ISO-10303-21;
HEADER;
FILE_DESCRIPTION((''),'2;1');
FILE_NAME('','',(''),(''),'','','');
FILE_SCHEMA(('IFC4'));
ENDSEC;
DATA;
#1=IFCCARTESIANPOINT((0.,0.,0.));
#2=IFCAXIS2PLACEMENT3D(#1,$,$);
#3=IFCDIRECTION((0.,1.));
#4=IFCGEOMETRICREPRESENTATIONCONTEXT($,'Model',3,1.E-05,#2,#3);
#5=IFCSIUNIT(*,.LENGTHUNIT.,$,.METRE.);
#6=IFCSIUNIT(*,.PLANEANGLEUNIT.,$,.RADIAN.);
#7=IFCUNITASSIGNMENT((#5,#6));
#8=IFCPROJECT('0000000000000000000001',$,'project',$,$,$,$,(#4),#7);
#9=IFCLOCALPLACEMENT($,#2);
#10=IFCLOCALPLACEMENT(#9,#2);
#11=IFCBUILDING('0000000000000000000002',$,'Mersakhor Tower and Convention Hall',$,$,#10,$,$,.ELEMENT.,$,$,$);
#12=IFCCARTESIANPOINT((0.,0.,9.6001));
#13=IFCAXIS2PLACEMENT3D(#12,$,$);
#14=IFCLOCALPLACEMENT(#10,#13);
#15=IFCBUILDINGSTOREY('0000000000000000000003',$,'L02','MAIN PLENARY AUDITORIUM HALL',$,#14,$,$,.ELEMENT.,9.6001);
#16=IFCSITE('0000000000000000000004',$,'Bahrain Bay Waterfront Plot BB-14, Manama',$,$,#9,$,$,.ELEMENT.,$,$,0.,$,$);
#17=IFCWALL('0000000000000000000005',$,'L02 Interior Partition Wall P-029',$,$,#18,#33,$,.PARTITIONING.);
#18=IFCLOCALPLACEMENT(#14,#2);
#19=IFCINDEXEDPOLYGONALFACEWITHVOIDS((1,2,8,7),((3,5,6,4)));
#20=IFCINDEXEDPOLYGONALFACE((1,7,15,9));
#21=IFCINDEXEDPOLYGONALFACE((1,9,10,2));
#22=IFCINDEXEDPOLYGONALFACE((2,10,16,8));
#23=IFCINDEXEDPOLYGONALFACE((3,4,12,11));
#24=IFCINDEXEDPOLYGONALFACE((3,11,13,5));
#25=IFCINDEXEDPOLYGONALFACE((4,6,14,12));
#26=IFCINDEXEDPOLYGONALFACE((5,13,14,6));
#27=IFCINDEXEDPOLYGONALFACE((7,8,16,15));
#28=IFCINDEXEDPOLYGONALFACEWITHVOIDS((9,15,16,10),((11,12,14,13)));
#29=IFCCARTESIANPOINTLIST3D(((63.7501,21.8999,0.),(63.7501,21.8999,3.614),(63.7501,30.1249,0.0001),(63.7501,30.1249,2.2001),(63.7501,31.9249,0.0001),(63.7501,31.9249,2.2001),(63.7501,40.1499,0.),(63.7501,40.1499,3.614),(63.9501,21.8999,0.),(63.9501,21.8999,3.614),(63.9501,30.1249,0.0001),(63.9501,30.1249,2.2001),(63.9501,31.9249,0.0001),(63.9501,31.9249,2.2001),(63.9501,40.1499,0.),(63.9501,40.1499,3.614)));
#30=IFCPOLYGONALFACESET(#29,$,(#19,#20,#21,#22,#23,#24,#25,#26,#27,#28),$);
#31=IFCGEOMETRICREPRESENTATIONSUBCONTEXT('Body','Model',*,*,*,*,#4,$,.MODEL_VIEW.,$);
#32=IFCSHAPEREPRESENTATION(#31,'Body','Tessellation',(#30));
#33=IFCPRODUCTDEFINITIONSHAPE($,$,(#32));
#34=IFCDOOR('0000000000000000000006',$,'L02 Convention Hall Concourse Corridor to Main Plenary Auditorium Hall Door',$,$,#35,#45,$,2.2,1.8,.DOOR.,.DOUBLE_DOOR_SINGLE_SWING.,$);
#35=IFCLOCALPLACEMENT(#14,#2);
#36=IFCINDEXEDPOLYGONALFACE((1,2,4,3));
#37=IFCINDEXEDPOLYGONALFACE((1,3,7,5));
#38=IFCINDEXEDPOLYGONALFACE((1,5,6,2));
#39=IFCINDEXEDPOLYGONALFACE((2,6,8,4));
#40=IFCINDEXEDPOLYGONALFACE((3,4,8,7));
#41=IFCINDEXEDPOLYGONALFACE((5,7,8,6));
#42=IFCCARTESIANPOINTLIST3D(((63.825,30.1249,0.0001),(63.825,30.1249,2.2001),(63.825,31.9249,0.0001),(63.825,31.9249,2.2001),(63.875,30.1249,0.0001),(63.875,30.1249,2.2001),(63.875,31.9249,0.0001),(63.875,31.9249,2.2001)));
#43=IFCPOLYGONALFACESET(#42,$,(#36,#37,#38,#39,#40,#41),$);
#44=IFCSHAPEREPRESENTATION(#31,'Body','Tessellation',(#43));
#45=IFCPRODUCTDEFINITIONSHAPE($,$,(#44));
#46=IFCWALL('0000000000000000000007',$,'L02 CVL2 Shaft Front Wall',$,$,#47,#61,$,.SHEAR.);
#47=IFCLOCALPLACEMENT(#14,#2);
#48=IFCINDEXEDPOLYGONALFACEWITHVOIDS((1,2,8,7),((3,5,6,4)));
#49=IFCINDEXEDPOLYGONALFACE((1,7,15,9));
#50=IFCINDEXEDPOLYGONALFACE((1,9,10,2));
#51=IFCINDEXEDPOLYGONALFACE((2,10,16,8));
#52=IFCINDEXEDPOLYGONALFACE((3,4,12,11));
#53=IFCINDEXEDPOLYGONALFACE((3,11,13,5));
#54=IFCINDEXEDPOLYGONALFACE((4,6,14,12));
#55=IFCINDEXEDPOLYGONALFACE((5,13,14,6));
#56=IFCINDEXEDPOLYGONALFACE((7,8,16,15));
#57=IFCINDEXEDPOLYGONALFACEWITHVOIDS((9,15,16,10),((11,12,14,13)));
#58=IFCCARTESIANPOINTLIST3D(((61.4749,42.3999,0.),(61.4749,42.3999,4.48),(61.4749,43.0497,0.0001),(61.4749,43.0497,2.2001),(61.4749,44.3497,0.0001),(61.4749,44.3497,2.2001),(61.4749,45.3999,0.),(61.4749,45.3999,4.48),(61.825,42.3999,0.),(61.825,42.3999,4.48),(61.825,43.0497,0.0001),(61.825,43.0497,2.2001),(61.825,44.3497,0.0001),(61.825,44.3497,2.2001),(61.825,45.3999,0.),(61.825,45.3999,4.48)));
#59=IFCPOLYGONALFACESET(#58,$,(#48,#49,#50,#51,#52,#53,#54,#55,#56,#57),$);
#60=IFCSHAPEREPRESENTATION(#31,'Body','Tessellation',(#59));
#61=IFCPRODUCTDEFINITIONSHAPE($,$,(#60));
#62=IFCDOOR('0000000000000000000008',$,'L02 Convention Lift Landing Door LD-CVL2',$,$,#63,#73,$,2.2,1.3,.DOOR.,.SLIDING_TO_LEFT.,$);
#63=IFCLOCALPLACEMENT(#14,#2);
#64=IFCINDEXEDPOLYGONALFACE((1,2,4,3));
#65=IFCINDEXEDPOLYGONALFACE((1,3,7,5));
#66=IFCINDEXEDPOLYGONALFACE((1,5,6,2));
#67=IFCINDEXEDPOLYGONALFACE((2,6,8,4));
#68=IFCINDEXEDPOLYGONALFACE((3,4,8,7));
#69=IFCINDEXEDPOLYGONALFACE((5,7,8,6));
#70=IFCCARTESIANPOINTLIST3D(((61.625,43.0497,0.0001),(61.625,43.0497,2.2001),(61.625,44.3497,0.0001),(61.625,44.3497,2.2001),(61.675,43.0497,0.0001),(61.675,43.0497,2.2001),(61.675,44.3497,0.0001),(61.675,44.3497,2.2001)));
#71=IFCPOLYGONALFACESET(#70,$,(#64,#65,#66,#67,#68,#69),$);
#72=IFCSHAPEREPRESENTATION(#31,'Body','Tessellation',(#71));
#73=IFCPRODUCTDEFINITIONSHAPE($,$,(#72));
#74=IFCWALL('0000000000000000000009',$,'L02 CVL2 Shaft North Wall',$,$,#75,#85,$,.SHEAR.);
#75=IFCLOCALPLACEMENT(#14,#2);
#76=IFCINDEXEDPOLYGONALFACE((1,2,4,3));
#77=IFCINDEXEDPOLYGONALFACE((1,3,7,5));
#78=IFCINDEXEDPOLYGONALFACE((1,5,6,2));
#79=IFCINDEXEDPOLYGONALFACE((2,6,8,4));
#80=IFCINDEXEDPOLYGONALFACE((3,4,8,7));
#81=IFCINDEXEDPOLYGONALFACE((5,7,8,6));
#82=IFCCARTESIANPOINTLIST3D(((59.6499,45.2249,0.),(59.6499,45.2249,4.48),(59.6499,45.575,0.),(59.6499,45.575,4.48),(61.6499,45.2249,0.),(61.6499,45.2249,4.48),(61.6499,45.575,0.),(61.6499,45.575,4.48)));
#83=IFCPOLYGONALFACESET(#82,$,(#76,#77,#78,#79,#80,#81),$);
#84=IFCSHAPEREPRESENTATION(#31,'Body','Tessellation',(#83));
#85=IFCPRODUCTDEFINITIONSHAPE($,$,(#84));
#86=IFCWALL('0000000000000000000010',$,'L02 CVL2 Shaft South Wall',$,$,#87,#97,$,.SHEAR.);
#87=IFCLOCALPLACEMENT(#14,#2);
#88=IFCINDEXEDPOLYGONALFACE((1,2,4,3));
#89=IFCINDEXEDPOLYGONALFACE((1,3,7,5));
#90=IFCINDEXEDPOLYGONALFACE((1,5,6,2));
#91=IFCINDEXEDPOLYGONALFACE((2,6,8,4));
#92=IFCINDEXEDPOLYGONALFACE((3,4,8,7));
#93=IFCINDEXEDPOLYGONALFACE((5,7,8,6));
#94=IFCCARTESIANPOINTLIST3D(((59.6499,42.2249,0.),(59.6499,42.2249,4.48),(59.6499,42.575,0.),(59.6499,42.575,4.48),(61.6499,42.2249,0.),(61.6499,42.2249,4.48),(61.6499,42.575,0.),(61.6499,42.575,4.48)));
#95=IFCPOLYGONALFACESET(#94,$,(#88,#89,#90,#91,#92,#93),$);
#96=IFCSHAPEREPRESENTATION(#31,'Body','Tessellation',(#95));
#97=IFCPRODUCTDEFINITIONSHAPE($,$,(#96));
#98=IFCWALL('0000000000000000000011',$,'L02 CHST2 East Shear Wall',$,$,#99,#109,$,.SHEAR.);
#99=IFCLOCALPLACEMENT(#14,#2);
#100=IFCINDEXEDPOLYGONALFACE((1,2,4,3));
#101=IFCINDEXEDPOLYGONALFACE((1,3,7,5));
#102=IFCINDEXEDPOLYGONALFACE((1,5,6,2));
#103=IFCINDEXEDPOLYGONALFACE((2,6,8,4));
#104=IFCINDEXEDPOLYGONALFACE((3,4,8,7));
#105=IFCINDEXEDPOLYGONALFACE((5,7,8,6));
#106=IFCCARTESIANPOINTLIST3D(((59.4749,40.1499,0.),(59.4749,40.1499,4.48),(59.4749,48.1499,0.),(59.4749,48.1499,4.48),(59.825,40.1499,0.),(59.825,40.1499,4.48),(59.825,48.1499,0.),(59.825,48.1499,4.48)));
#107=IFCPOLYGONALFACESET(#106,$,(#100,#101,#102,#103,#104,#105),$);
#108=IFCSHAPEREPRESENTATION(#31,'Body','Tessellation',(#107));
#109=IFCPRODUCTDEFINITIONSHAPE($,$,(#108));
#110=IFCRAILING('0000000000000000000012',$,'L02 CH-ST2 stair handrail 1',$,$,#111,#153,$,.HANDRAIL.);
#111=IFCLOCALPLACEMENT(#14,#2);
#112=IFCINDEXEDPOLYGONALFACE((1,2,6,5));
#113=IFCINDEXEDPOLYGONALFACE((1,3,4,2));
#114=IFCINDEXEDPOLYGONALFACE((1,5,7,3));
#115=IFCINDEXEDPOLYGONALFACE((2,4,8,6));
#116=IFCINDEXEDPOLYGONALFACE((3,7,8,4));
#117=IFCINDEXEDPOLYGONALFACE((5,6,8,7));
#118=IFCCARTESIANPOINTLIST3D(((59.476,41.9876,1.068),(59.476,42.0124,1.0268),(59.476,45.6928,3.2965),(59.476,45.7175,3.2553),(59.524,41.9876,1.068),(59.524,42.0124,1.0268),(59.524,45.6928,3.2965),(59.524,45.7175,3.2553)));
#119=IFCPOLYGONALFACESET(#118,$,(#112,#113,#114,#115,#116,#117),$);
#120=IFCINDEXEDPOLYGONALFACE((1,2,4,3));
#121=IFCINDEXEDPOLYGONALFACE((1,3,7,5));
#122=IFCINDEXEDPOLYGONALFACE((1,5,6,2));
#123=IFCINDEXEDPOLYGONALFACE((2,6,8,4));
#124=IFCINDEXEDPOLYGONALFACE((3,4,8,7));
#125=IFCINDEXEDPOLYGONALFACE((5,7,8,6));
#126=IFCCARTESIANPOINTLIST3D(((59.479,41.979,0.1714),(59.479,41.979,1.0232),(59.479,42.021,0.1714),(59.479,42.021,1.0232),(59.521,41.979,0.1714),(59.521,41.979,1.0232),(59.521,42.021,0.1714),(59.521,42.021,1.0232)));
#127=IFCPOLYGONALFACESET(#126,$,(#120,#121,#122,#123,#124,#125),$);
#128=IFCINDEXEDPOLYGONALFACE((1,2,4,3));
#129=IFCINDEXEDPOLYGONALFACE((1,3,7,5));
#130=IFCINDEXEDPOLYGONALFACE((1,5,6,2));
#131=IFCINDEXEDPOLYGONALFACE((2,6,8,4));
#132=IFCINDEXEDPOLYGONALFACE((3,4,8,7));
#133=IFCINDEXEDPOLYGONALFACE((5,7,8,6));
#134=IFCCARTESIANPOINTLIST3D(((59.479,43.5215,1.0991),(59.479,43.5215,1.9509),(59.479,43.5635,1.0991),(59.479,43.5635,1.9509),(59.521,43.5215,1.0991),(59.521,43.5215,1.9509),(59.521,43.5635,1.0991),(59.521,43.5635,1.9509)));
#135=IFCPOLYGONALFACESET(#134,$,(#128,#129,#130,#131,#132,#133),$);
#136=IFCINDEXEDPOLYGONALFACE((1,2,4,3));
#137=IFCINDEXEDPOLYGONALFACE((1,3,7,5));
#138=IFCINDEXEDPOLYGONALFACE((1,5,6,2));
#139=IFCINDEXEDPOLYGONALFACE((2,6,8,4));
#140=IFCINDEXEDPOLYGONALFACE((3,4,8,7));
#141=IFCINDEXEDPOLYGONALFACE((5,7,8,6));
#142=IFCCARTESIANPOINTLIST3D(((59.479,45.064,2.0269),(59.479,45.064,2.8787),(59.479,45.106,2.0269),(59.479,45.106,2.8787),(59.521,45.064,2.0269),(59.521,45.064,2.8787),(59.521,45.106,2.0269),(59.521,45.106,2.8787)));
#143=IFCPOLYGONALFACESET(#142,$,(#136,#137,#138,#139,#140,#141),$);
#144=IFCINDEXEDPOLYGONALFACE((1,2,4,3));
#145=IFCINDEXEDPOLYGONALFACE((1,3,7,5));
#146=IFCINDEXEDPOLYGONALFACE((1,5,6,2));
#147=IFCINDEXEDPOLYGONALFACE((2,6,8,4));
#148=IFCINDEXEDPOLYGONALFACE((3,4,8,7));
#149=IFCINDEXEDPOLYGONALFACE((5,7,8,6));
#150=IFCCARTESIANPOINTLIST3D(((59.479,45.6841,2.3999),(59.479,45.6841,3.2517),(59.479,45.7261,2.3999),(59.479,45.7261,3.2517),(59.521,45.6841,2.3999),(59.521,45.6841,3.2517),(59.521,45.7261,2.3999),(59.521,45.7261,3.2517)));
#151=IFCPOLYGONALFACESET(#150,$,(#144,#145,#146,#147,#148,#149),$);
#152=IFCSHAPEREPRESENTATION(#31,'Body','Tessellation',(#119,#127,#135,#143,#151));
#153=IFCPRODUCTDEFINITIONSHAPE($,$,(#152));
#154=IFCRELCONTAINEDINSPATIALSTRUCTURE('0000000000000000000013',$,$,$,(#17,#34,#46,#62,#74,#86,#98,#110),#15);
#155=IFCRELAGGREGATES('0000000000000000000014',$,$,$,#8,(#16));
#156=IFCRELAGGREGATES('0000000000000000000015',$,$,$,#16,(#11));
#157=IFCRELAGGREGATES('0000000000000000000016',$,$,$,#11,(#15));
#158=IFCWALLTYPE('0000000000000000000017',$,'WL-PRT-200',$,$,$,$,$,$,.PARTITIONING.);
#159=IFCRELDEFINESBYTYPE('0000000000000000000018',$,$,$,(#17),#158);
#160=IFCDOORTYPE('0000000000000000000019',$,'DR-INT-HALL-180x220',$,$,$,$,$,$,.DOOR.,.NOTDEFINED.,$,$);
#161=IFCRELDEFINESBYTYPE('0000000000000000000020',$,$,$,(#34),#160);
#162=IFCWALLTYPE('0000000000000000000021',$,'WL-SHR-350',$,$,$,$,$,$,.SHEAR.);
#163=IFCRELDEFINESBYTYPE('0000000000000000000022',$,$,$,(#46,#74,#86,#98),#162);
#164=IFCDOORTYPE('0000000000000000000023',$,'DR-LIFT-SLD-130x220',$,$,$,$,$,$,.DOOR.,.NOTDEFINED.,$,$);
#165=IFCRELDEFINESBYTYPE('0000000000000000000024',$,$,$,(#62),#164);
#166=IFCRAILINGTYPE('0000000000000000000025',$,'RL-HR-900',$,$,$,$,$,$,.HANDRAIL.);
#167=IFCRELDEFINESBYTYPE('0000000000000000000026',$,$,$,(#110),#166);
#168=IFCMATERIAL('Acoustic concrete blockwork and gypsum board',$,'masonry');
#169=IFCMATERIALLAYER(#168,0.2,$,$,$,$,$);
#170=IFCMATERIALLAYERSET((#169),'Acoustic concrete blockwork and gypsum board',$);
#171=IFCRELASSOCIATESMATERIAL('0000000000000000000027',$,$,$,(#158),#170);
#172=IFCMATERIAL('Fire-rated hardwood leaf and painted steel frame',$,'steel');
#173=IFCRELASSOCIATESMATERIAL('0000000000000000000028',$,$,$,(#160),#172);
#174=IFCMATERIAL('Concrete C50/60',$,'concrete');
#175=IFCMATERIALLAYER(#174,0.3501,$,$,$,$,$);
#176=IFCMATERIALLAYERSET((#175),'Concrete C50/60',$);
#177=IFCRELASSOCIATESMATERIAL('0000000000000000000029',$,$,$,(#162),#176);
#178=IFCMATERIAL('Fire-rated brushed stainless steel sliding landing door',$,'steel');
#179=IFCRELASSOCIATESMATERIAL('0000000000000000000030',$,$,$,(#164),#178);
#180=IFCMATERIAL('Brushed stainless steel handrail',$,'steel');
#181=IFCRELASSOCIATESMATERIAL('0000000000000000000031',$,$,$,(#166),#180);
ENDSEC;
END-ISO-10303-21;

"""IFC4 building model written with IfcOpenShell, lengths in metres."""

from ifc_helpers import new_model, si_unit, direction, frame, frame_2d, origin, origin_2d, place, context, subcontext, project, spatial, rectangle, extrude, material, layer, layer_set, type_object, element, fill, save


model = new_model("IFC4")

# Units and contexts
model_context = context("Model", 3, precision=1e-05, world=origin(), true_north=direction((0.0, 1.0)))
body_context = subcontext(model_context, "Body", "Model", "MODEL_VIEW")
ifc_project = project(units=[si_unit("LENGTHUNIT", "METRE"), si_unit("PLANEANGLEUNIT", "RADIAN")], contexts=[model_context])

# Site, building, storey
site_placement = place(None, origin())
site = spatial("IfcSite", under=ifc_project, at=site_placement, Name="Bahrain Bay Waterfront Plot BB-14, Manama", CompositionType="ELEMENT", RefElevation=0.0)
building_placement = place(site_placement, origin())
building = spatial("IfcBuilding", under=site, at=building_placement, Name="Mersakhor Tower and Convention Hall", CompositionType="ELEMENT")
storey_placement = place(building_placement, frame((0.0, 0.0, 9.6001)))
storey = spatial("IfcBuildingStorey", under=building, at=storey_placement, Name="L02", Description="MAIN PLENARY AUDITORIUM HALL", CompositionType="ELEMENT", Elevation=9.6001)

# Shared definitions
ifc_material_1 = material(Name="Acoustic concrete blockwork and gypsum board", Category="masonry")
ifc_layer_1 = layer(ifc_material_1, 0.2)
ifc_layer_set_1 = layer_set([ifc_layer_1], Name="Acoustic concrete blockwork and gypsum board")
wall_type_1 = type_object("IfcWallType", Name="WL-PRT-200", PredefinedType="PARTITIONING", material=ifc_layer_set_1)

# Walls, openings, doors
ifc_material_2 = material(Name="Fire-rated hardwood leaf and painted steel frame", Category="steel")
door_type_1 = type_object("IfcDoorType", Name="DR-INT-HALL-180x220", OperationType="NOTDEFINED", PredefinedType="DOOR", material=ifc_material_2)
wall_1_placement = place(storey_placement, frame((63.8501, 40.1499, 0.0), z_axis=(0.0, 0.0, 1.0), x_axis=(0.0, -1.0, 0.0)))
wall_1 = element("IfcWall", 1, at=wall_1_placement, inside=storey, type_object=wall_type_1, Name="L02 Interior Partition Wall P-029", PredefinedType="PARTITIONING", context=body_context, shape_type="SweptSolid", body=[
    extrude(rectangle(XDim=18.25, YDim=0.2, at=frame_2d((9.125, 0.0))), origin(), (0.0, 0.0, 1.0), 3.614),
])
opening_1_placement = place(wall_1_placement, frame((8.2251, 0.0, 0.0)))
opening_1 = element("IfcOpeningElement", 2, at=opening_1_placement, cuts=wall_1, PredefinedType="OPENING", context=body_context, shape_type="SweptSolid", body=[
    extrude(rectangle(XDim=1.8, YDim=2.2, at=frame_2d((0.8999, 1.1001))), frame((0.0, 0.1099, 0.0), z_axis=(0.0, -1.0, 0.0), x_axis=(1.0, 0.0, 0.0)), (0.0, 0.0, 1.0), 0.22),
])
door_1_placement = place(opening_1_placement, origin())
door_1 = element("IfcDoor", 3, at=door_1_placement, inside=storey, type_object=door_type_1, Name="L02 Convention Hall Concourse Corridor to Main Plenary Auditorium Hall Door", OperationType="DOUBLE_DOOR_SINGLE_SWING", OverallHeight=2.2, OverallWidth=1.8, PredefinedType="DOOR", context=body_context, shape_type="SweptSolid", body=[
    extrude(rectangle(XDim=1.8, YDim=2.2, at=frame_2d((0.8999, 1.1001))), frame((0.0, 0.0249, 0.0), z_axis=(0.0, -1.0, 0.0), x_axis=(1.0, 0.0, 0.0)), (0.0, 0.0, 1.0), 0.05),
])
fill(opening_1, door_1)
ifc_material_3 = material(Name="Concrete C50/60", Category="concrete")
ifc_layer_2 = layer(ifc_material_3, 0.3501)
ifc_layer_set_2 = layer_set([ifc_layer_2], Name="Concrete C50/60")
wall_type_2 = type_object("IfcWallType", Name="WL-SHR-350", PredefinedType="SHEAR", material=ifc_layer_set_2)
wall_2_placement = place(storey_placement, frame((61.6499, 42.3999, 0.0), z_axis=(0.0, 0.0, 1.0), x_axis=(0.0, 1.0, 0.0)))
wall_2 = element("IfcWall", 4, at=wall_2_placement, inside=storey, type_object=wall_type_2, Name="L02 CVL2 Shaft Front Wall", PredefinedType="SHEAR", context=body_context, shape_type="SweptSolid", body=[
    extrude(rectangle(XDim=3.0, YDim=0.3501, at=frame_2d((1.5, 0.0))), origin(), (0.0, 0.0, 1.0), 4.48),
])
opening_2_placement = place(wall_2_placement, frame((0.6499, 0.0, 0.0)))
opening_2 = element("IfcOpeningElement", 5, at=opening_2_placement, cuts=wall_2, PredefinedType="OPENING", context=body_context, shape_type="SweptSolid", body=[
    extrude(rectangle(XDim=1.3, YDim=2.2, at=frame_2d((0.6499, 1.1001))), frame((0.0, 0.1851, 0.0), z_axis=(0.0, -1.0, 0.0), x_axis=(1.0, 0.0, 0.0)), (0.0, 0.0, 1.0), 0.3701),
])
ifc_material_4 = material(Name="Fire-rated brushed stainless steel sliding landing door", Category="steel")
door_type_2 = type_object("IfcDoorType", Name="DR-LIFT-SLD-130x220", OperationType="NOTDEFINED", PredefinedType="DOOR", material=ifc_material_4)
door_2_placement = place(opening_2_placement, origin())
door_2 = element("IfcDoor", 6, at=door_2_placement, inside=storey, type_object=door_type_2, Name="L02 Convention Lift Landing Door LD-CVL2", OperationType="SLIDING_TO_LEFT", OverallHeight=2.2, OverallWidth=1.3, PredefinedType="DOOR", context=body_context, shape_type="SweptSolid", body=[
    extrude(rectangle(XDim=1.3, YDim=2.2, at=frame_2d((0.6499, 1.1001))), frame((0.0, 0.0249, 0.0), z_axis=(0.0, -1.0, 0.0), x_axis=(1.0, 0.0, 0.0)), (0.0, 0.0, 1.0), 0.05),
])
fill(opening_2, door_2)

# Walls
for number, where, z_axis, x_axis, name in (
    (7, (59.6499, 45.3999, 0.0), (0.0, 0.0, 1.0), (1.0, 0.0, 0.0), "L02 CVL2 Shaft North Wall"),
    (8, (59.6499, 42.3999, 0.0), (0.0, 0.0, 1.0), (1.0, 0.0, 0.0), "L02 CVL2 Shaft South Wall"),
):
    element("IfcWall", number, at=place(storey_placement, frame(where, z_axis=z_axis, x_axis=x_axis)), inside=storey, type_object=wall_type_2, Name=name, PredefinedType="SHEAR", context=body_context, shape_type="SweptSolid", body=[
        extrude(rectangle(XDim=2.0, YDim=0.3501, at=frame_2d((1.0, 0.0))), origin(), (0.0, 0.0, 1.0), 4.48),
    ])
wall_3_placement = place(storey_placement, frame((59.6499, 48.1499, 0.0), z_axis=(0.0, 0.0, 1.0), x_axis=(0.0, -1.0, 0.0)))
element("IfcWall", 9, at=wall_3_placement, inside=storey, type_object=wall_type_2, Name="L02 CHST2 East Shear Wall", PredefinedType="SHEAR", context=body_context, shape_type="SweptSolid", body=[
    extrude(rectangle(XDim=8.0, YDim=0.3501, at=frame_2d((4.0, 0.0))), origin(), (0.0, 0.0, 1.0), 4.48),
])

# Railing
ifc_material_5 = material(Name="Brushed stainless steel handrail", Category="steel")
railing_type = type_object("IfcRailingType", Name="RL-HR-900", PredefinedType="HANDRAIL", material=ifc_material_5)
railing_placement = place(storey_placement, frame((59.5, 42.0, 0.1714)))
element("IfcRailing", 10, at=railing_placement, inside=storey, type_object=railing_type, Name="L02 CH-ST2 stair handrail 1", PredefinedType="HANDRAIL", context=body_context, shape_type="SweptSolid", body=[
    extrude(rectangle(XDim=0.0481, YDim=0.0481, at=origin_2d()), frame((0.0, 0.0, 0.876), z_axis=(0.0, 0.856934, 0.515425), x_axis=(-1.0, 0.0, 0.0)), (0.0, 0.0, 1.0), 4.3237),
    extrude(rectangle(XDim=0.042, YDim=0.042, at=origin_2d()), origin(), (0.0, 0.0, 1.0), 0.8518),
    extrude(rectangle(XDim=0.042, YDim=0.042, at=origin_2d()), frame((0.0, 1.5425, 0.9277)), (0.0, 0.0, 1.0), 0.8518),
    extrude(rectangle(XDim=0.042, YDim=0.042, at=origin_2d()), frame((0.0, 3.085, 1.8555)), (0.0, 0.0, 1.0), 0.8518),
    extrude(rectangle(XDim=0.042, YDim=0.042, at=origin_2d()), frame((0.0, 3.7051, 2.2285)), (0.0, 0.0, 1.0), 0.8518),
])

save(model, "model.ifc")
